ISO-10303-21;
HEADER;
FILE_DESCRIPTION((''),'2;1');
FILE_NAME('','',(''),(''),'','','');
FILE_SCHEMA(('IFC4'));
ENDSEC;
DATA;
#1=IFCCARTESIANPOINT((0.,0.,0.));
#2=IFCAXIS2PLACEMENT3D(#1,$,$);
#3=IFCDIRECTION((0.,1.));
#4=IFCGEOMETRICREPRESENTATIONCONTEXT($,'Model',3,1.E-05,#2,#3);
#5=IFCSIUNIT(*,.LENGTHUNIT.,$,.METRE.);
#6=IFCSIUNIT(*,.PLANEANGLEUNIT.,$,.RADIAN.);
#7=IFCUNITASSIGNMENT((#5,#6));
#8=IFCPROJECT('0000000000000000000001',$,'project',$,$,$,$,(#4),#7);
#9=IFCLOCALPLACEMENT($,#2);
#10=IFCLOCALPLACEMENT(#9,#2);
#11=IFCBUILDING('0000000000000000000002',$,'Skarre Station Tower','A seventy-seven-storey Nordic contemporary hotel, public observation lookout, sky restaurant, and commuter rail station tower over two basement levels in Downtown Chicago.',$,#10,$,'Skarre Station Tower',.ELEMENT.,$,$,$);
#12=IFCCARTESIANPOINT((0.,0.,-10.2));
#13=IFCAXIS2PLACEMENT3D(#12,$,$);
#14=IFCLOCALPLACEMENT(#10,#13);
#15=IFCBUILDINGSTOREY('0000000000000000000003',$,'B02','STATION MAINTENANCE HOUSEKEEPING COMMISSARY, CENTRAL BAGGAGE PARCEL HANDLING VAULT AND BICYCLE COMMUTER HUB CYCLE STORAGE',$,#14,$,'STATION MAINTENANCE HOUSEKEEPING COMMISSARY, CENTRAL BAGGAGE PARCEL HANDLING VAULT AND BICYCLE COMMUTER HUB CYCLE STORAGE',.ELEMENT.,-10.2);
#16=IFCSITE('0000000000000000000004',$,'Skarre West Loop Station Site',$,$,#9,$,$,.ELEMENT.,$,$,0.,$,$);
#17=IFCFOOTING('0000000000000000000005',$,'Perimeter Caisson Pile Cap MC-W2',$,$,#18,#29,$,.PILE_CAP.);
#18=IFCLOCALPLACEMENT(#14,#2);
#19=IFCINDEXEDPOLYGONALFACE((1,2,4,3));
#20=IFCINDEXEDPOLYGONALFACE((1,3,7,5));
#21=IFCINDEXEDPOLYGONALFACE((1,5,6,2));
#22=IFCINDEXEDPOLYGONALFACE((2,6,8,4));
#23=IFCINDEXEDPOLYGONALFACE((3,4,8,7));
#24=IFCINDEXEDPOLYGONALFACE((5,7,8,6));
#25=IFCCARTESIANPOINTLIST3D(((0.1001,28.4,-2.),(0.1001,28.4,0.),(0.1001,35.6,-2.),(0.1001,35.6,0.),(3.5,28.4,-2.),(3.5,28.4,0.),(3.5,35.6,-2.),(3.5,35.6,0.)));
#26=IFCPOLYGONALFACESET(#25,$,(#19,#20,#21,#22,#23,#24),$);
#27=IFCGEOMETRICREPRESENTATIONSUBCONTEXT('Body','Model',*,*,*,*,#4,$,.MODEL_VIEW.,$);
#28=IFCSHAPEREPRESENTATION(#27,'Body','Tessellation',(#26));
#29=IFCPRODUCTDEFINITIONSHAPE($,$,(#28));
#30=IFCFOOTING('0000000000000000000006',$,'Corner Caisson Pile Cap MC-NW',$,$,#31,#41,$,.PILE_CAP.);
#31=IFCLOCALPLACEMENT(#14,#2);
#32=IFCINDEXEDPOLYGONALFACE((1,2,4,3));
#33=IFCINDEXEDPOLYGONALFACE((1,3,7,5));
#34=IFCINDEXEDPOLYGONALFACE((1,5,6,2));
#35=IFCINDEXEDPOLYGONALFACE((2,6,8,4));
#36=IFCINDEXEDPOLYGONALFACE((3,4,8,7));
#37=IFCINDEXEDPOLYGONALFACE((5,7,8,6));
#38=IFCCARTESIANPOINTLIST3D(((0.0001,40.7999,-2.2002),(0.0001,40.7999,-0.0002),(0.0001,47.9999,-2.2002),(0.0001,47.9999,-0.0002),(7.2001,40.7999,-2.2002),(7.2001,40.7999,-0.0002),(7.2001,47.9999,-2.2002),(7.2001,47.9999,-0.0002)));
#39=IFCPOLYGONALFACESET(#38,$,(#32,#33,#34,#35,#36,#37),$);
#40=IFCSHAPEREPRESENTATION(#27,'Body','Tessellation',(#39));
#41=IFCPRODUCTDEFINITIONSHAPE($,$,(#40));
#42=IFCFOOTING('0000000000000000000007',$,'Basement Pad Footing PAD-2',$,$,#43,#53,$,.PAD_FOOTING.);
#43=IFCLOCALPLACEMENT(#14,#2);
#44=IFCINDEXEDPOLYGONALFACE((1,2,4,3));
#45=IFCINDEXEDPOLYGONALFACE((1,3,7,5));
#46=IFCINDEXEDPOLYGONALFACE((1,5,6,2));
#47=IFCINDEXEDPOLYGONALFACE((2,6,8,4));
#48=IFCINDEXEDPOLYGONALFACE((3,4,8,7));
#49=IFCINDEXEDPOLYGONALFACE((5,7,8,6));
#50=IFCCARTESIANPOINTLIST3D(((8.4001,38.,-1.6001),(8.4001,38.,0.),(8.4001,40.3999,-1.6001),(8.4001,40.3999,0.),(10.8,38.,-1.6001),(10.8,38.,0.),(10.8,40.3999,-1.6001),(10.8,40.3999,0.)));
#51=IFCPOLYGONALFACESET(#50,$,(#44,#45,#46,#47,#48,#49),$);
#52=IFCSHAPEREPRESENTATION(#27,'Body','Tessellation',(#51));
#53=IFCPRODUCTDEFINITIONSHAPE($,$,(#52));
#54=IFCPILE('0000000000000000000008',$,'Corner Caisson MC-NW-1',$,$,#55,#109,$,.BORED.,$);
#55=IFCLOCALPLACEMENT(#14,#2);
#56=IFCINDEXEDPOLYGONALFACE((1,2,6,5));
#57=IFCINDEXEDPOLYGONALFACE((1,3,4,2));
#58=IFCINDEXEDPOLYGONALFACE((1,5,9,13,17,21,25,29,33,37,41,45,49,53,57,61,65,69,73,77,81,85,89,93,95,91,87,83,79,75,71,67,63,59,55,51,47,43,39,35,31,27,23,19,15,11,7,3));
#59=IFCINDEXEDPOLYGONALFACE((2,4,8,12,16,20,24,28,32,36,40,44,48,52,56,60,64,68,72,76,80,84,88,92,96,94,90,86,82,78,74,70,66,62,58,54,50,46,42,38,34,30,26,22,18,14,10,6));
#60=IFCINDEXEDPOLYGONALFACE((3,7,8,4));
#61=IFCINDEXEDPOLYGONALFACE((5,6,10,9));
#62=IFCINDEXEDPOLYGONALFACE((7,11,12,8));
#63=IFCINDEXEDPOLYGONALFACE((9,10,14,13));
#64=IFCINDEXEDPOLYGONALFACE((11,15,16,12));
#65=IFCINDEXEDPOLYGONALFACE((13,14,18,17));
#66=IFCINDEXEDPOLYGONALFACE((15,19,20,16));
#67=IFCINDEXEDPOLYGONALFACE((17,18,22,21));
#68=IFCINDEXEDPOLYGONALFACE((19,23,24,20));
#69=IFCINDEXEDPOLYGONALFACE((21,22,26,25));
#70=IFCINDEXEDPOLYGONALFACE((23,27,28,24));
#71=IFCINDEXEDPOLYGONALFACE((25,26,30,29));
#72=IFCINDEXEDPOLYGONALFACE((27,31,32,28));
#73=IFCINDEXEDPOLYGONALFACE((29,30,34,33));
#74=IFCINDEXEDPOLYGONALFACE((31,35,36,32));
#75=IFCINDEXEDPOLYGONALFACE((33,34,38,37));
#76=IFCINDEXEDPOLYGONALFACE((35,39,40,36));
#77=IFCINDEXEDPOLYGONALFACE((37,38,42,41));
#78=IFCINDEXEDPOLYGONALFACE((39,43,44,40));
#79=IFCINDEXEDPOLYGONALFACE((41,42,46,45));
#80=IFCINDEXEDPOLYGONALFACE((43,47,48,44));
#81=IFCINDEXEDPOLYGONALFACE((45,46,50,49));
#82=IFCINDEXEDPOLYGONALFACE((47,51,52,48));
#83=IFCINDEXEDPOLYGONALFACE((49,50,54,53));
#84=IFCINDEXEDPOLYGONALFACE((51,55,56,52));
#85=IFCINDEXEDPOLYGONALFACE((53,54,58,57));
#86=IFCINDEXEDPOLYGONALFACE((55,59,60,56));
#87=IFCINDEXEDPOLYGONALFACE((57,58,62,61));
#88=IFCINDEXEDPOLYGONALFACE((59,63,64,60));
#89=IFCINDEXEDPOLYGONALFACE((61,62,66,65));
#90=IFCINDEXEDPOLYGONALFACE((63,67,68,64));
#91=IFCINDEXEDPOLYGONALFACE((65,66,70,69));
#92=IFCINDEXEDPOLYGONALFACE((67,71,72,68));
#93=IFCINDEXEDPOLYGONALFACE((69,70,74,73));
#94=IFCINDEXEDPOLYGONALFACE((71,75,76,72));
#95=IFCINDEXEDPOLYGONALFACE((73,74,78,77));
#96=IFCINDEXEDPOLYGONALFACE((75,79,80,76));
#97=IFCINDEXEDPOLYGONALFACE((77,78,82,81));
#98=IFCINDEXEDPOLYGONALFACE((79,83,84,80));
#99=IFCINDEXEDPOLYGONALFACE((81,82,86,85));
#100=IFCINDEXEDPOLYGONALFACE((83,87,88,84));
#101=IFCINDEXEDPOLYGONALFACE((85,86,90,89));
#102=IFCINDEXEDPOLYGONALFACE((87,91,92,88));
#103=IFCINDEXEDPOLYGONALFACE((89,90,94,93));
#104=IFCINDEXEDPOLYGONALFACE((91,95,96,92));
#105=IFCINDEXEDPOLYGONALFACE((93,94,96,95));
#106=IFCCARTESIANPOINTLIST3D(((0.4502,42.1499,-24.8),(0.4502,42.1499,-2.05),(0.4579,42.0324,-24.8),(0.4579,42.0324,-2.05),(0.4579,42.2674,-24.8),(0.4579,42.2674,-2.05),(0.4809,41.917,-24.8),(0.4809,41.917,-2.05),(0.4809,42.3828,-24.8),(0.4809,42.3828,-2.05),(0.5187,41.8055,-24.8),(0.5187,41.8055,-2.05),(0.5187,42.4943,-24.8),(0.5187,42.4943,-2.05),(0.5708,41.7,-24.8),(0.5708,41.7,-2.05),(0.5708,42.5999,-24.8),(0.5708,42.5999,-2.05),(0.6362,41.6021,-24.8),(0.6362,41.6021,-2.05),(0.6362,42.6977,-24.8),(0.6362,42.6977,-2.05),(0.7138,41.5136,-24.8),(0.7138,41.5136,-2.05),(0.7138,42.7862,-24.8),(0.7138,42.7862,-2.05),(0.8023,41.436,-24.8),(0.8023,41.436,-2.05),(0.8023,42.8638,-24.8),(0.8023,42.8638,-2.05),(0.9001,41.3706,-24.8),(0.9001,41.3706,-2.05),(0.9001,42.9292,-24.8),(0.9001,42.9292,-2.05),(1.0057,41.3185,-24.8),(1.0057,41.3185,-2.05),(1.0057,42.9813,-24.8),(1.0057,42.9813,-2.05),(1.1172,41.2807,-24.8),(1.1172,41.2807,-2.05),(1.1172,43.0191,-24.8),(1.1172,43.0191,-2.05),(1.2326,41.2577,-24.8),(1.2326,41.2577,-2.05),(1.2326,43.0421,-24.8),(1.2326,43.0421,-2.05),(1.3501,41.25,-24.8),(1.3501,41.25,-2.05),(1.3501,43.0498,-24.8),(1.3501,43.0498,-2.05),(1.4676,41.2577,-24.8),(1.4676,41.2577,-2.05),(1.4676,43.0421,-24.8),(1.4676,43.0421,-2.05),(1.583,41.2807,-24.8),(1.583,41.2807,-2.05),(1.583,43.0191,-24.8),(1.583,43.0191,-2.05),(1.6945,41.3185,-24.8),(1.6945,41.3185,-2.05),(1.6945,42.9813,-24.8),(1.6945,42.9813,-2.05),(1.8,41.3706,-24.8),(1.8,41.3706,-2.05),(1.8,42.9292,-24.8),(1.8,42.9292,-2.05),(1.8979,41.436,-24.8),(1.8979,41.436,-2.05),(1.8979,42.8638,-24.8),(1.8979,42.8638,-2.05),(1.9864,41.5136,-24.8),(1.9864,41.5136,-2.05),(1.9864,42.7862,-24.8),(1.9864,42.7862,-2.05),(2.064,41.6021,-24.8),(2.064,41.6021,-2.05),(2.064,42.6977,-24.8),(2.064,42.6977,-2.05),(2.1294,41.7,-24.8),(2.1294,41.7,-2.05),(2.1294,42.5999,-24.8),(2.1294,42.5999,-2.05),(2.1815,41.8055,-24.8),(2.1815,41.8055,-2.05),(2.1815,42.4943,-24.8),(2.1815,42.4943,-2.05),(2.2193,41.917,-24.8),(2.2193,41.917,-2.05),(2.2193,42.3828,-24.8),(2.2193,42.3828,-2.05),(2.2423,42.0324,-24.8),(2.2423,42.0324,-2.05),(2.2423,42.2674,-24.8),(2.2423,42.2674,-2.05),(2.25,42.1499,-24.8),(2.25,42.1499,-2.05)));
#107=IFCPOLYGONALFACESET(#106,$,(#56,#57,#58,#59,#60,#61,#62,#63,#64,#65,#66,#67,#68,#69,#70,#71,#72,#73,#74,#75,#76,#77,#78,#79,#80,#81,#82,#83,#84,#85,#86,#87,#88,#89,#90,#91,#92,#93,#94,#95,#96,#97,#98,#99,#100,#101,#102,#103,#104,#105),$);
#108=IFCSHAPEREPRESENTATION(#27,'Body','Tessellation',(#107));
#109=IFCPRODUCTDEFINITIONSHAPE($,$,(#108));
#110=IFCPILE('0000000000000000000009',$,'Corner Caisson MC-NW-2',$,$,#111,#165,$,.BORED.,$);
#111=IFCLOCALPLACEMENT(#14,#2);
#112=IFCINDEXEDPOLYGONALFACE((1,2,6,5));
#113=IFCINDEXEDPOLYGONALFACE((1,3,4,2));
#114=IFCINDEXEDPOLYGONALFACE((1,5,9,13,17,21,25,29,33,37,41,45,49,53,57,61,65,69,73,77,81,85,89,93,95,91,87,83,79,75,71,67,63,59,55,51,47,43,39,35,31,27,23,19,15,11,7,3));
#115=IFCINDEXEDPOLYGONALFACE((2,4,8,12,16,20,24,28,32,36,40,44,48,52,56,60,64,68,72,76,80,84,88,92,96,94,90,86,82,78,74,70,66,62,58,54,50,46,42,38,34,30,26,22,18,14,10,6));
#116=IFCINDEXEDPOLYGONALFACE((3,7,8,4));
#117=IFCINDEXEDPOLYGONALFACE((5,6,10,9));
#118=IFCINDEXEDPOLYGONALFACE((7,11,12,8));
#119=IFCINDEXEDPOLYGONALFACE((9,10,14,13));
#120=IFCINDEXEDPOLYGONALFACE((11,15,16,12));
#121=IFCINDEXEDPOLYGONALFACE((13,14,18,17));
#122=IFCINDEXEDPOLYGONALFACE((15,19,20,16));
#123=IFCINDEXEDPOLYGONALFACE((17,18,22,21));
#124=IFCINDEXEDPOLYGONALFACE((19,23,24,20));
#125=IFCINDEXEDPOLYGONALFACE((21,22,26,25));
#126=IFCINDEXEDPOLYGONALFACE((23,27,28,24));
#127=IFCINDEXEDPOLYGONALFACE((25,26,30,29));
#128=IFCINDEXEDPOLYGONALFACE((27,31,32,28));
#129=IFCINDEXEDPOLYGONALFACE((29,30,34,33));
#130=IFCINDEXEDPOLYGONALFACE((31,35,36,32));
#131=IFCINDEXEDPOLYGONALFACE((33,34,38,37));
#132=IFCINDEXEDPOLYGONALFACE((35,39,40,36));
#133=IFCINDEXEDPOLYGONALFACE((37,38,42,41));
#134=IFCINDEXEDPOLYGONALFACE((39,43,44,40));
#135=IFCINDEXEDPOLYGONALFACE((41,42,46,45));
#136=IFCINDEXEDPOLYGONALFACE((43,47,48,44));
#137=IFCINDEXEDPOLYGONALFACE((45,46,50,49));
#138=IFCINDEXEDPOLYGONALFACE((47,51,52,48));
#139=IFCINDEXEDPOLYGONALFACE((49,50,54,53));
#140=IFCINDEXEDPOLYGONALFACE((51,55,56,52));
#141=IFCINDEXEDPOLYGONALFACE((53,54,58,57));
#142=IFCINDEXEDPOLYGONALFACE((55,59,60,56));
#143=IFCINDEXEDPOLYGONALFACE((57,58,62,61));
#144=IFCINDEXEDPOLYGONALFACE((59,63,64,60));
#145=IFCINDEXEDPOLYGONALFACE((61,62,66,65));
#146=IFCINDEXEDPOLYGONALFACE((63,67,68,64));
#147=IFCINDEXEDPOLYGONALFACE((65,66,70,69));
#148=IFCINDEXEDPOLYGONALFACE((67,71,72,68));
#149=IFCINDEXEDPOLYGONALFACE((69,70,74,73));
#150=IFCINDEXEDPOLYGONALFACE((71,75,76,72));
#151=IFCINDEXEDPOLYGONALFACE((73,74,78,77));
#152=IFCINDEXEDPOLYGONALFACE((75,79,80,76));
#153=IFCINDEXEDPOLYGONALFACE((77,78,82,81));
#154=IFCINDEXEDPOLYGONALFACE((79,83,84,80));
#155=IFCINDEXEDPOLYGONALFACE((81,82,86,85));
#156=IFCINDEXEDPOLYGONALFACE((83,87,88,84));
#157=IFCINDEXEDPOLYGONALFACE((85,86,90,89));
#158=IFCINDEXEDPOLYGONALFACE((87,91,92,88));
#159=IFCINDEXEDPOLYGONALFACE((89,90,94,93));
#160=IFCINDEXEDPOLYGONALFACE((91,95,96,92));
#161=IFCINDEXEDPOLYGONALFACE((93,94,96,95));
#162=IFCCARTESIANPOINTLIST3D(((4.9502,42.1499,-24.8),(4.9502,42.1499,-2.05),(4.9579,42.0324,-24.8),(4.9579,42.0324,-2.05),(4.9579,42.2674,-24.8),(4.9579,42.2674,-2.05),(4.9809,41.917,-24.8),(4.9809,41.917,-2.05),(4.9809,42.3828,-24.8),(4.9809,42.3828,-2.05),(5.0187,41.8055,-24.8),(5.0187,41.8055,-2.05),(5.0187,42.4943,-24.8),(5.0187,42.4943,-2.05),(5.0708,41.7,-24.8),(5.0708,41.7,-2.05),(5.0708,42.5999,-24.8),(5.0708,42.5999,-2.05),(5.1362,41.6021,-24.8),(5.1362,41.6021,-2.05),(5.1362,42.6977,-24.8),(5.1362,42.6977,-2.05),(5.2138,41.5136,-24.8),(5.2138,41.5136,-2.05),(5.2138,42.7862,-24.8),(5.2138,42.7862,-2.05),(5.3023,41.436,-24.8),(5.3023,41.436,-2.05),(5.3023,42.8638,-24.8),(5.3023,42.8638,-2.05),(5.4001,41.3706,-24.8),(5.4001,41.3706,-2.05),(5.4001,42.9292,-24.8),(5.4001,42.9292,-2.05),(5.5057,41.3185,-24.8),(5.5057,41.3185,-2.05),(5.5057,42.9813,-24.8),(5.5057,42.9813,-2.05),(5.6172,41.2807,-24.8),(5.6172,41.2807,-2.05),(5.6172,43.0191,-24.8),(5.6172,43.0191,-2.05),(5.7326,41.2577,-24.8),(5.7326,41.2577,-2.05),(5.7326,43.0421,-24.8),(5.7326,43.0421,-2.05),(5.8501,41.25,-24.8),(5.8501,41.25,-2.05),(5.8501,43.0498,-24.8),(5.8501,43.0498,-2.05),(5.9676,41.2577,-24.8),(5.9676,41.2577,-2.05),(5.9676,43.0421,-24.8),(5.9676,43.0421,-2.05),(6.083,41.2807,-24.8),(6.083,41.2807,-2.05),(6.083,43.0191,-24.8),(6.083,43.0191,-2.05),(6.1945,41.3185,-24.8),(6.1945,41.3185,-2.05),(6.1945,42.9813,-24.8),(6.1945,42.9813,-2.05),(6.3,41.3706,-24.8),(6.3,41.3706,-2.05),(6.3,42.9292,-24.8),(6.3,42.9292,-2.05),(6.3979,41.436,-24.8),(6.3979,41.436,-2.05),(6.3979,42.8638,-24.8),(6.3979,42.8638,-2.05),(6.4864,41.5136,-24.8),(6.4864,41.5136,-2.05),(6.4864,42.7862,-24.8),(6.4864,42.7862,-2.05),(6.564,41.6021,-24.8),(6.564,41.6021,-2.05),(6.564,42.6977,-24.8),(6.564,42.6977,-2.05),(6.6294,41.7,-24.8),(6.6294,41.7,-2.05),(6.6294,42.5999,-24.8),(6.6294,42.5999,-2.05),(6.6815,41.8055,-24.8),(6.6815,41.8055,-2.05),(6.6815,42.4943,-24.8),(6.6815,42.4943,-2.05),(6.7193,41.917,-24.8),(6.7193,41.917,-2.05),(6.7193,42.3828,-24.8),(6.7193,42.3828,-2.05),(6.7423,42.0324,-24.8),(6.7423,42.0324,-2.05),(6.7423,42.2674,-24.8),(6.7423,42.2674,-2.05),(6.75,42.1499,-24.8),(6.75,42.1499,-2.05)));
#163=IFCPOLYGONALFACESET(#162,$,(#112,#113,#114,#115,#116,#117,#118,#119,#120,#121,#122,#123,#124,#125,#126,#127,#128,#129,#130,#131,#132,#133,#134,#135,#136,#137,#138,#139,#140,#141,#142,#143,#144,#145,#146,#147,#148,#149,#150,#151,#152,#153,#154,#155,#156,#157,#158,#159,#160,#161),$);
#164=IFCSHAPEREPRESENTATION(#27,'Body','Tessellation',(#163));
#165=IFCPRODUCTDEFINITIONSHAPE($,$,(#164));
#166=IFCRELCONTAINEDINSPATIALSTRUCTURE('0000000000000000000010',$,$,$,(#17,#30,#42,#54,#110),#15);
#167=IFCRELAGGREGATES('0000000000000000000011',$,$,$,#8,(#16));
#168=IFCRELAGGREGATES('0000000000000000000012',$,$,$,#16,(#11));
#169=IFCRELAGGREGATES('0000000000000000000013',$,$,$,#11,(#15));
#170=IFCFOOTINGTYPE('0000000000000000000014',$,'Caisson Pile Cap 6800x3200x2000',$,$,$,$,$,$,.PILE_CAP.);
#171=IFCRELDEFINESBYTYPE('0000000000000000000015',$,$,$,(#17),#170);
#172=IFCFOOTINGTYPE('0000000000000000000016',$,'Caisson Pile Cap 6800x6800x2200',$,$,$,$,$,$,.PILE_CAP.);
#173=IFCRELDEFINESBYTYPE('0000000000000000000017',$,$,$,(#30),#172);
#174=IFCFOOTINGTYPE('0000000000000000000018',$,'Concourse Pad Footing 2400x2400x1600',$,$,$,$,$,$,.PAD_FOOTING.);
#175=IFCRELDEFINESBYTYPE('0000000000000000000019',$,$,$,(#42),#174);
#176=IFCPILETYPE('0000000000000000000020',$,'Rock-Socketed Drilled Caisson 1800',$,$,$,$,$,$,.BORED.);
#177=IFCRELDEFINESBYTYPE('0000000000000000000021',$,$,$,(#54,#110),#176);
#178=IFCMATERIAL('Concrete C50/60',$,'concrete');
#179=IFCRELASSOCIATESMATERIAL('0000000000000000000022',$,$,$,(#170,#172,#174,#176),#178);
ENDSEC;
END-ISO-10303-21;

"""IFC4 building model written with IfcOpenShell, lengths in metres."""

from ifc_helpers import new_model, si_unit, direction, frame, origin, origin_2d, place, context, subcontext, project, spatial, rectangle, circle, extrude, material, material_profile, profile_set, type_object, element, save


model = new_model("IFC4")

# Units and contexts
model_context = context("Model", 3, precision=1e-05, world=origin(), true_north=direction((0.0, 1.0)))
body_context = subcontext(model_context, "Body", "Model", "MODEL_VIEW")
ifc_project = project(units=[si_unit("LENGTHUNIT", "METRE"), si_unit("PLANEANGLEUNIT", "RADIAN")], contexts=[model_context])

# Site, building, storey
site_placement = place(None, origin())
site = spatial("IfcSite", under=ifc_project, at=site_placement, Name="Skarre West Loop Station Site", CompositionType="ELEMENT", RefElevation=0.0)
building_placement = place(site_placement, origin())
building = spatial("IfcBuilding", under=site, at=building_placement, Name="Skarre Station Tower", Description="A seventy-seven-storey Nordic contemporary hotel, public observation lookout, sky restaurant, and commuter rail station tower over two basement levels in Downtown Chicago.", LongName="Skarre Station Tower", CompositionType="ELEMENT")
storey_placement = place(building_placement, frame((0.0, 0.0, -10.2)))
storey = spatial("IfcBuildingStorey", under=building, at=storey_placement, Name="B02", Description="STATION MAINTENANCE HOUSEKEEPING COMMISSARY, CENTRAL BAGGAGE PARCEL HANDLING VAULT AND BICYCLE COMMUTER HUB CYCLE STORAGE", LongName="STATION MAINTENANCE HOUSEKEEPING COMMISSARY, CENTRAL BAGGAGE PARCEL HANDLING VAULT AND BICYCLE COMMUTER HUB CYCLE STORAGE", CompositionType="ELEMENT", Elevation=-10.2)

# Footings
ifc_material_1 = material(Name="Concrete C50/60", Category="concrete")
footing_type_1 = type_object("IfcFootingType", Name="Caisson Pile Cap 6800x3200x2000", PredefinedType="PILE_CAP", material=ifc_material_1)
footing_1_placement = place(storey_placement, frame((1.8, 32.0, -2.0), z_axis=(0.0, 0.0, 1.0), x_axis=(0.0, 1.0, 0.0)))
element("IfcFooting", 1, at=footing_1_placement, inside=storey, type_object=footing_type_1, Name="Perimeter Caisson Pile Cap MC-W2", PredefinedType="PILE_CAP", context=body_context, shape_type="SweptSolid", body=[
    extrude(rectangle(XDim=7.2, YDim=3.3999, at=origin_2d()), origin(), (0.0, 0.0, 1.0), 2.0),
])
footing_type_2 = type_object("IfcFootingType", Name="Caisson Pile Cap 6800x6800x2200", PredefinedType="PILE_CAP", material=ifc_material_1)
footing_2_placement = place(storey_placement, frame((3.6001, 44.3999, -2.2002), z_axis=(0.0, 0.0, 1.0), x_axis=(1.0, 0.0, 0.0)))
element("IfcFooting", 2, at=footing_2_placement, inside=storey, type_object=footing_type_2, Name="Corner Caisson Pile Cap MC-NW", PredefinedType="PILE_CAP", context=body_context, shape_type="SweptSolid", body=[
    extrude(rectangle(XDim=7.2, YDim=7.2, at=origin_2d()), origin(), (0.0, 0.0, 1.0), 2.2),
])
footing_type_3 = type_object("IfcFootingType", Name="Concourse Pad Footing 2400x2400x1600", PredefinedType="PAD_FOOTING", material=ifc_material_1)
footing_3_placement = place(storey_placement, frame((9.6001, 39.2, -1.6001), z_axis=(0.0, 0.0, 1.0), x_axis=(1.0, 0.0, 0.0)))
element("IfcFooting", 3, at=footing_3_placement, inside=storey, type_object=footing_type_3, Name="Basement Pad Footing PAD-2", PredefinedType="PAD_FOOTING", context=body_context, shape_type="SweptSolid", body=[
    extrude(rectangle(XDim=2.3999, YDim=2.3999, at=origin_2d()), origin(), (0.0, 0.0, 1.0), 1.6001),
])

# Piles
ifc_material_profile_1 = material_profile(ifc_material_1, circle(Radius=0.8999, at=origin_2d()), Name="Concrete C50/60")
ifc_profile_set_1 = profile_set([ifc_material_profile_1], Name="Concrete C50/60")
pile_type = type_object("IfcPileType", Name="Rock-Socketed Drilled Caisson 1800", PredefinedType="BORED", material=ifc_profile_set_1)
for number, where, z_axis, x_axis, name in (
    (4, (1.3501, 42.1499, -2.05), (0.0, 0.0, -1.0), (1.0, 0.0, 0.0), "Corner Caisson MC-NW-1"),
    (5, (5.8501, 42.1499, -2.05), (0.0, 0.0, -1.0), (1.0, 0.0, 0.0), "Corner Caisson MC-NW-2"),
):
    element("IfcPile", number, at=place(storey_placement, frame(where, z_axis=z_axis, x_axis=x_axis)), inside=storey, type_object=pile_type, Name=name, PredefinedType="BORED", context=body_context, shape_type="SweptSolid", body=[
        extrude(circle(Radius=0.8999, at=origin_2d()), origin(), (0.0, 0.0, 1.0), 22.75),
    ])

save(model, "model.ifc")
